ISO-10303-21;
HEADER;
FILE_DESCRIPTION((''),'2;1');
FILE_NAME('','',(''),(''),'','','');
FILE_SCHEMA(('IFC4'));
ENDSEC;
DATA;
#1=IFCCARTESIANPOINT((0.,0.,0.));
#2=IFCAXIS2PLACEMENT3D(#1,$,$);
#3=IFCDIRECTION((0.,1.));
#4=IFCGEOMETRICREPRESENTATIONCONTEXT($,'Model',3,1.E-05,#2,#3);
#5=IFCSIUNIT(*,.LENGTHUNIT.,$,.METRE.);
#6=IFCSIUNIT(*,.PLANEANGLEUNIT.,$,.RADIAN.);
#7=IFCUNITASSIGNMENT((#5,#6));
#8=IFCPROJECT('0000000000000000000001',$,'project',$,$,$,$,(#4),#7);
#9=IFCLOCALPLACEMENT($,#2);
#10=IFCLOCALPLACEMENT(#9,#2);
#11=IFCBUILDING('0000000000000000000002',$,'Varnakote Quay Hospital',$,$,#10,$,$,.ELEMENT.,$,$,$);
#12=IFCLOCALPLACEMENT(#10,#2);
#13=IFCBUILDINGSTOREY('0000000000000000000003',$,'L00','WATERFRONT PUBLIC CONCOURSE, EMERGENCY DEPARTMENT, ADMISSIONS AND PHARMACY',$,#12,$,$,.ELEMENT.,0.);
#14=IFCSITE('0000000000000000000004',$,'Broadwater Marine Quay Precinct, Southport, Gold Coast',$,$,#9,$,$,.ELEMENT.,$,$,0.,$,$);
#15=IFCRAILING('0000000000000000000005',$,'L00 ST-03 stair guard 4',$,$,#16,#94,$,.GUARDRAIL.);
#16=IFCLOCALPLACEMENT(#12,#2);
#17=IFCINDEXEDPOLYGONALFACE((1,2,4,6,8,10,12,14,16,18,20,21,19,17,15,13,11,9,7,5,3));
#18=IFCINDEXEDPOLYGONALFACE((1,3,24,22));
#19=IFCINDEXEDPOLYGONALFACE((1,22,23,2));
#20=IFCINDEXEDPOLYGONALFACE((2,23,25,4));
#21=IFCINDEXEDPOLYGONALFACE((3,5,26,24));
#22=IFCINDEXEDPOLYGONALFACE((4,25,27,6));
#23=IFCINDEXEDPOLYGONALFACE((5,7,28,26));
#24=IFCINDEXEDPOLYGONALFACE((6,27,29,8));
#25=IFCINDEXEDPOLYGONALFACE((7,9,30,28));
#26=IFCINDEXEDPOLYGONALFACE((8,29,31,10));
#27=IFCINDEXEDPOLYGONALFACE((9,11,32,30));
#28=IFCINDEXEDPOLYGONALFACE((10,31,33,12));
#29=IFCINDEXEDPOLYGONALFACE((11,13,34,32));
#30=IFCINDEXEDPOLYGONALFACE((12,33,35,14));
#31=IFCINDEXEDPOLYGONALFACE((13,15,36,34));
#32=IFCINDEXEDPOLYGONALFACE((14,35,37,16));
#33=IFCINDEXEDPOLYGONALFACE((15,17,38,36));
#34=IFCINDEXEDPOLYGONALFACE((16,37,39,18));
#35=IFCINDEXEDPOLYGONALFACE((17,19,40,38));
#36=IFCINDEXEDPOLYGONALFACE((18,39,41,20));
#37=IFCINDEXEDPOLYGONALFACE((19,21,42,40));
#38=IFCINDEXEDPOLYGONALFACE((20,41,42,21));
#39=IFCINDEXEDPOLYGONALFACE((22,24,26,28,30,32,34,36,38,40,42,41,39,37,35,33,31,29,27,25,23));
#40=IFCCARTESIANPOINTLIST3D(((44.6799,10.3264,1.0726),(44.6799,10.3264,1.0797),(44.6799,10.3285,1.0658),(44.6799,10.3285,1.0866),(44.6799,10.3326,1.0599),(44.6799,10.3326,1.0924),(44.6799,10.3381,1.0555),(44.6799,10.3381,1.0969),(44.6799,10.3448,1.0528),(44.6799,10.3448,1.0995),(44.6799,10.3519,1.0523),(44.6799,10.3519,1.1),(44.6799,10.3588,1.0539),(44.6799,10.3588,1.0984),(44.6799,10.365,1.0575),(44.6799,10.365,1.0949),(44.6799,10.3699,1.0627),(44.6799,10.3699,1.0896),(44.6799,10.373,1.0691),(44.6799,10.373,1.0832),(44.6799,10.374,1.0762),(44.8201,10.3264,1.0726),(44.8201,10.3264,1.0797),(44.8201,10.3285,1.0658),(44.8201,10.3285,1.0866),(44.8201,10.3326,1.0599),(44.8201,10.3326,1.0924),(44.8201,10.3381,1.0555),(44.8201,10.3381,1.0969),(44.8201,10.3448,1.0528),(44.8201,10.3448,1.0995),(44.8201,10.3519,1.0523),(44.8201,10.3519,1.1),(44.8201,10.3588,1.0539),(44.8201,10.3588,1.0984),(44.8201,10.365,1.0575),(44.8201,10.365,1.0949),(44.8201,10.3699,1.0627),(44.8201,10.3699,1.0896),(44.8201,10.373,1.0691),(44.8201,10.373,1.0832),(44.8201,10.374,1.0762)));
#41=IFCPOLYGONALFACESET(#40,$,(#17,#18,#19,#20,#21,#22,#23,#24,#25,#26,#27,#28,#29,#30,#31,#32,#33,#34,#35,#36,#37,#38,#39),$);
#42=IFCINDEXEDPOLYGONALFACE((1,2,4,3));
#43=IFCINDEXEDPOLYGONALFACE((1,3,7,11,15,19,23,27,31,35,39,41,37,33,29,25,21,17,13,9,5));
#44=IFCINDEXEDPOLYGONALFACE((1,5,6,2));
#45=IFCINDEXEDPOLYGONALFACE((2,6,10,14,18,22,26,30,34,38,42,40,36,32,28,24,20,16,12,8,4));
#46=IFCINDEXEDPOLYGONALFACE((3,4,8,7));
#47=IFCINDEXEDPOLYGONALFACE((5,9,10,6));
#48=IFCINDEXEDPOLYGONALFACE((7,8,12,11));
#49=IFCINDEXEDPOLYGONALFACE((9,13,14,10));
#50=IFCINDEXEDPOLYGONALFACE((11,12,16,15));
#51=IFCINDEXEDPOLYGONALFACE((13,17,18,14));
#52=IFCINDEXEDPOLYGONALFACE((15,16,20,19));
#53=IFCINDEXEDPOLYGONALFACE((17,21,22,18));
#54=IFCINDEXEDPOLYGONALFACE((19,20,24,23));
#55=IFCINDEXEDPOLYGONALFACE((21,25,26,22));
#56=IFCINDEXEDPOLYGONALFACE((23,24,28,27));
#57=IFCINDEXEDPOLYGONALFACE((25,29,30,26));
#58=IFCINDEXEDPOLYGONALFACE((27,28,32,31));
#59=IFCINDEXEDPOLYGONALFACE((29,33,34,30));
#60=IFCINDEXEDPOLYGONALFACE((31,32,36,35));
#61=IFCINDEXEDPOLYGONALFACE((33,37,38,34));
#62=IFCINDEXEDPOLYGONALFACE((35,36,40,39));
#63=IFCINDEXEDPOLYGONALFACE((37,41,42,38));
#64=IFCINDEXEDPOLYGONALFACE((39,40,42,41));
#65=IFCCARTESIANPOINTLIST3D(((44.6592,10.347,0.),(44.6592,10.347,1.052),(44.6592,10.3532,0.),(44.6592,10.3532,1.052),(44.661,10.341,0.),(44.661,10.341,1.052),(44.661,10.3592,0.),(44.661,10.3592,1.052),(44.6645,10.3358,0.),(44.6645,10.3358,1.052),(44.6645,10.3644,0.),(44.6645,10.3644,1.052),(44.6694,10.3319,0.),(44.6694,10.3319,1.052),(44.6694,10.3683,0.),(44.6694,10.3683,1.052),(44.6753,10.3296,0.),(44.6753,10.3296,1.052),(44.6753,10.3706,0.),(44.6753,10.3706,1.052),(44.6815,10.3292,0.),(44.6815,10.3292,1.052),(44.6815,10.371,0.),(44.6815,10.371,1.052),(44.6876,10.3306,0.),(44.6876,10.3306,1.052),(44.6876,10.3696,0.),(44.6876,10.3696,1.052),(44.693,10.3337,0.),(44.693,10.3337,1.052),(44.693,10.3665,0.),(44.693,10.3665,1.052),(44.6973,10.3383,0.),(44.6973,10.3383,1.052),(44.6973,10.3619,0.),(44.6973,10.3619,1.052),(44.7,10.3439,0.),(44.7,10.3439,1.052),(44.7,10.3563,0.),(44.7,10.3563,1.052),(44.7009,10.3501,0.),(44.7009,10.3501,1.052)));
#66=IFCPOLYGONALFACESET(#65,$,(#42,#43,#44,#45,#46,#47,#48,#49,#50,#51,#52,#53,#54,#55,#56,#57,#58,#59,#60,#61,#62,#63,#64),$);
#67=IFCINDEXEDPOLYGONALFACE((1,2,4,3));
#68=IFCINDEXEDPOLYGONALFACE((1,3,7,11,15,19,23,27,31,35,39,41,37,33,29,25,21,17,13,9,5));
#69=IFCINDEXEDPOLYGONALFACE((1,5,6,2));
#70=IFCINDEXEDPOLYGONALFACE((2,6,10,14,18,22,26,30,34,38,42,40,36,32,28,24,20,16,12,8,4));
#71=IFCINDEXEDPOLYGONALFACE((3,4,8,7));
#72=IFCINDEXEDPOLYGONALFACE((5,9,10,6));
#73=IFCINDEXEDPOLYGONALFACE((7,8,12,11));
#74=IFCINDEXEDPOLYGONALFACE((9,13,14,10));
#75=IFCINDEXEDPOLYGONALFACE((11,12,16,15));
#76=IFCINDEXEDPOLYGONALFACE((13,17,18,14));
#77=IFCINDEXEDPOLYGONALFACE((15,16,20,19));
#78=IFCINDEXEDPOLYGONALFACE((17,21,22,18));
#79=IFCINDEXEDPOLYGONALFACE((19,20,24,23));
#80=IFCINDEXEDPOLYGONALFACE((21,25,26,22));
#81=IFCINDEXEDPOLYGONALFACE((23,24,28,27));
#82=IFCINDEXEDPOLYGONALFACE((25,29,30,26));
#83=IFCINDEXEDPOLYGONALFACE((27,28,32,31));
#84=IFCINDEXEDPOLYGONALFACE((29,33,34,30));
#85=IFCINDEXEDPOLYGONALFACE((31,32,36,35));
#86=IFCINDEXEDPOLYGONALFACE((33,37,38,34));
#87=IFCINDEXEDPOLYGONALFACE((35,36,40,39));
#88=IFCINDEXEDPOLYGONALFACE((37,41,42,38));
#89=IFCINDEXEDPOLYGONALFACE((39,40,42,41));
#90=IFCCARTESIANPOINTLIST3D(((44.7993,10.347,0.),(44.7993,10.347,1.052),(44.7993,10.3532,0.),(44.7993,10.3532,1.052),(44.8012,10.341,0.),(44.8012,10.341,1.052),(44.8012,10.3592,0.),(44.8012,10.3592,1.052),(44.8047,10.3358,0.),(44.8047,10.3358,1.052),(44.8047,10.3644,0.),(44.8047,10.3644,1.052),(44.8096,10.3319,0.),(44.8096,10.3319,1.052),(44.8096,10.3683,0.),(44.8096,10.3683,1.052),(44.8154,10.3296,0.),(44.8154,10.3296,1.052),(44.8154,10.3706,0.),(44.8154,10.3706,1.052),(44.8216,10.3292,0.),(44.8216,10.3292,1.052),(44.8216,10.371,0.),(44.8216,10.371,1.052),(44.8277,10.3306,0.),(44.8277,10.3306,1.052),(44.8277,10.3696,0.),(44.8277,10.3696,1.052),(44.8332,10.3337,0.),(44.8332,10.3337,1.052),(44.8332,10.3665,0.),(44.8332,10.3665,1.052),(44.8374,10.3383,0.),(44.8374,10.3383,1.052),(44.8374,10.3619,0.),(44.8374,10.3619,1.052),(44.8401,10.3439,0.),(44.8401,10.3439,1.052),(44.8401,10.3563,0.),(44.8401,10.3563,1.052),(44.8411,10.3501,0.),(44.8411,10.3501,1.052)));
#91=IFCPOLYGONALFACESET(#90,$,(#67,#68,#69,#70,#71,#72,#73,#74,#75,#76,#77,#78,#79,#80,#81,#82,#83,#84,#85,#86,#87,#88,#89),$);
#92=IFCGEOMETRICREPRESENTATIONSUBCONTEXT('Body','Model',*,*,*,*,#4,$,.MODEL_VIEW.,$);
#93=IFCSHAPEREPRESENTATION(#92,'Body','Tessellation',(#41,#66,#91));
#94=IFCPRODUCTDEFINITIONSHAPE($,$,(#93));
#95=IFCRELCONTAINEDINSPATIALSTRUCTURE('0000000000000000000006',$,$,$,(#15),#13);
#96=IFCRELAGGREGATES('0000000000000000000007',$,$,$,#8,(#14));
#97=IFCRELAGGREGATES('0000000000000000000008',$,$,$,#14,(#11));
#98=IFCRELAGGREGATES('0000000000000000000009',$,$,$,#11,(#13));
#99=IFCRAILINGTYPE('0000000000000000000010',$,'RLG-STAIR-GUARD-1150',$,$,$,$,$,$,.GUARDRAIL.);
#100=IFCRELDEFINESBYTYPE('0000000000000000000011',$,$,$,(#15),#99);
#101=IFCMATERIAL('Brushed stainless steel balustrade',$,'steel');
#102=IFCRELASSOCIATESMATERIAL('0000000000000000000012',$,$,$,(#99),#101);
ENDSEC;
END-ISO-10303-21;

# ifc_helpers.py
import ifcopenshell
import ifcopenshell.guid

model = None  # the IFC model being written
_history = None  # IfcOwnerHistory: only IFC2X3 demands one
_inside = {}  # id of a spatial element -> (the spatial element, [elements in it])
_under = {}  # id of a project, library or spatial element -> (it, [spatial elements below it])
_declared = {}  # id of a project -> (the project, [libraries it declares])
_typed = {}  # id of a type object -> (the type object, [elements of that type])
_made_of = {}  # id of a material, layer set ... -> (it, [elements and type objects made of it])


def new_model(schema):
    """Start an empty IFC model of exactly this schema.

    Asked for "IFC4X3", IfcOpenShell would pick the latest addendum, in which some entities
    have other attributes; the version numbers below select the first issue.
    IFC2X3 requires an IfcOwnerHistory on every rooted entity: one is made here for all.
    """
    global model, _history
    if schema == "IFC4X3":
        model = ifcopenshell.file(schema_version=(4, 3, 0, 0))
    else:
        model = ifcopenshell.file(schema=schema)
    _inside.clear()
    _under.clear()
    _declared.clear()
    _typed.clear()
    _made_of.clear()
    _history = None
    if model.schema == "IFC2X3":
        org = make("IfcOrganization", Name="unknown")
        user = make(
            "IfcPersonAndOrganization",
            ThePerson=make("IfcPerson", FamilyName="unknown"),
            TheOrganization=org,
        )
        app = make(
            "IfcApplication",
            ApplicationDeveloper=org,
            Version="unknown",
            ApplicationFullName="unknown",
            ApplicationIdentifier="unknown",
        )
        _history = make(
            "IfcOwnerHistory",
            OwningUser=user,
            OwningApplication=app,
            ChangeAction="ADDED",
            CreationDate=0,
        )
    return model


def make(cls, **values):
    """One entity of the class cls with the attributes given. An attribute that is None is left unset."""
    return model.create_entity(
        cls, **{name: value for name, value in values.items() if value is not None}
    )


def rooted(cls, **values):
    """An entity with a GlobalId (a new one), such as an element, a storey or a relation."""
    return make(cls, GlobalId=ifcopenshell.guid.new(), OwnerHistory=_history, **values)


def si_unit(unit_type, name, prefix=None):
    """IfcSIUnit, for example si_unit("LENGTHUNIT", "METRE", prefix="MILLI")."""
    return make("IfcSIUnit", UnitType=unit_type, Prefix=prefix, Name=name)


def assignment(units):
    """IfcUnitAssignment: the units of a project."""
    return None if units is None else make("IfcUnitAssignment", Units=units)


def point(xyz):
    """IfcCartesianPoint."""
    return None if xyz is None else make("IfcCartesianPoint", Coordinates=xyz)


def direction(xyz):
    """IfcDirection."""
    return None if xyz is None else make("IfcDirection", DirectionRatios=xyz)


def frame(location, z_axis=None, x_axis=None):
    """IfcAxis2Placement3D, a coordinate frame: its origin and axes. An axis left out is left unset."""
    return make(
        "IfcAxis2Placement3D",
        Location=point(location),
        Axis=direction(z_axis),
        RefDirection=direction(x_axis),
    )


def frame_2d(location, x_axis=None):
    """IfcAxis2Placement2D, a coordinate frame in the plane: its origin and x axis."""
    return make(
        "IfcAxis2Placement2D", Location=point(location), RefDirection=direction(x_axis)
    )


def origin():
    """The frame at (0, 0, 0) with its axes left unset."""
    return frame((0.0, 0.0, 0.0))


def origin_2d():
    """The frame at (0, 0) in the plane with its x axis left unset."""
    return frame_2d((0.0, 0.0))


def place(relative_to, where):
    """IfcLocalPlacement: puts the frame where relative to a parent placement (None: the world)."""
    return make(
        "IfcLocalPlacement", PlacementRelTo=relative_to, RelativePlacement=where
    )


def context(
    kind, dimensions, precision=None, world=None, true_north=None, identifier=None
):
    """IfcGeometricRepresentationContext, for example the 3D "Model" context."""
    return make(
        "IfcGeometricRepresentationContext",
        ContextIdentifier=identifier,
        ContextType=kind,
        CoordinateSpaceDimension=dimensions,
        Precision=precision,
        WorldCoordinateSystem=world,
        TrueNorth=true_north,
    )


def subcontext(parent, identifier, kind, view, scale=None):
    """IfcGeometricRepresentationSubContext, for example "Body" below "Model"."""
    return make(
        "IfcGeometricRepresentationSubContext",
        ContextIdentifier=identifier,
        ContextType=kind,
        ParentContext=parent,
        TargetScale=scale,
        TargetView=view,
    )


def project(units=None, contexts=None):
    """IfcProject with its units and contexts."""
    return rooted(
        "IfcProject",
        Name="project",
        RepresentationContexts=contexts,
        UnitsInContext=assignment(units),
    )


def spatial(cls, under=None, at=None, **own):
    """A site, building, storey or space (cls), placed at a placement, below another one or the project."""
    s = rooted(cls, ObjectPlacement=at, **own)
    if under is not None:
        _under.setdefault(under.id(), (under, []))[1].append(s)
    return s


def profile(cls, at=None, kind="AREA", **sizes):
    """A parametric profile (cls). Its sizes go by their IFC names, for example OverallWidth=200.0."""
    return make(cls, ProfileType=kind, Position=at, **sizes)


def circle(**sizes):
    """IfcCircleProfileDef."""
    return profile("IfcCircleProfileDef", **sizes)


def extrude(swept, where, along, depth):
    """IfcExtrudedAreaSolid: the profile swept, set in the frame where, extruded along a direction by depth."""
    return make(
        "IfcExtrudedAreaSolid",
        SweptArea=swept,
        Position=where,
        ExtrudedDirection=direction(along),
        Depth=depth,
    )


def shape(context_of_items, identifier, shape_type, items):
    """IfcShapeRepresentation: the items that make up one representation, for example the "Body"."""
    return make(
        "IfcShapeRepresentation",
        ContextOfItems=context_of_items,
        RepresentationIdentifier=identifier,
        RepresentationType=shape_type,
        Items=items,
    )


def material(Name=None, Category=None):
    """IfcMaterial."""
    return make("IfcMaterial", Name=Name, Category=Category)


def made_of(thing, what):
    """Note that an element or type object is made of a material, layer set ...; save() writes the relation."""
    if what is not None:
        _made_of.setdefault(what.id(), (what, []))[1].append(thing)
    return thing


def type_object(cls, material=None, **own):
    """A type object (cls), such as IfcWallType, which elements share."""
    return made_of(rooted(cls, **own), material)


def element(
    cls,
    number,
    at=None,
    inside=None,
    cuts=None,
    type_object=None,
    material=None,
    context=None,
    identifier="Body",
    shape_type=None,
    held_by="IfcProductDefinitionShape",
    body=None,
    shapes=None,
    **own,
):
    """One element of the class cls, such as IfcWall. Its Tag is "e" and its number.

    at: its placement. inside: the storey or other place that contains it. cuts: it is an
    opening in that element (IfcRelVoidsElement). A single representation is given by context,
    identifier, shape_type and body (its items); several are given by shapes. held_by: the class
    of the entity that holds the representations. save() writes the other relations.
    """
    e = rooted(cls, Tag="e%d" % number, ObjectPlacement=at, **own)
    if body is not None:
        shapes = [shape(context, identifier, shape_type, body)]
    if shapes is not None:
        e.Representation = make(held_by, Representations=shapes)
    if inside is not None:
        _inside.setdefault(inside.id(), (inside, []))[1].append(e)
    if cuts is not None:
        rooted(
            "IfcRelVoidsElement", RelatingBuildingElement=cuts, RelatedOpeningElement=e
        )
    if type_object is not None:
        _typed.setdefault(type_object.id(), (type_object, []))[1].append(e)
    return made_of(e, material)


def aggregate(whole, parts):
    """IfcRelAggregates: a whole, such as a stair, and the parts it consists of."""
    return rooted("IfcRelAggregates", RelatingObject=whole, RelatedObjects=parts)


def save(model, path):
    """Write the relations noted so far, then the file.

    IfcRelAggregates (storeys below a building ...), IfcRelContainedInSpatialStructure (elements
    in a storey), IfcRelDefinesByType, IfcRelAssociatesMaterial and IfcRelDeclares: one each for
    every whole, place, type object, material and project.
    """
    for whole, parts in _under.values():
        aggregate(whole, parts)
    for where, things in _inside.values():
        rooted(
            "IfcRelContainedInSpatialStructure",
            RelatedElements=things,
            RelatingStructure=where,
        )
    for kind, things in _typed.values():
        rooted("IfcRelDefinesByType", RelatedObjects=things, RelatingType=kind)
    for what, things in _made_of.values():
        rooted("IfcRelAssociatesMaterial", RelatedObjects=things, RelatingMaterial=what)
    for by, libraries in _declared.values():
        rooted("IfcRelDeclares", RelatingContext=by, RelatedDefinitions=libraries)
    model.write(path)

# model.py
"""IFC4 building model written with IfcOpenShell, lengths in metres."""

from ifc_helpers import new_model, si_unit, direction, frame, origin, origin_2d, place, context, subcontext, project, spatial, circle, extrude, material, type_object, element, save


model = new_model("IFC4")

# Units and contexts
model_context = context("Model", 3, precision=1e-05, world=origin(), true_north=direction((0.0, 1.0)))
body_context = subcontext(model_context, "Body", "Model", "MODEL_VIEW")
ifc_project = project(units=[si_unit("LENGTHUNIT", "METRE"), si_unit("PLANEANGLEUNIT", "RADIAN")], contexts=[model_context])

# Site, building, storey
site_placement = place(None, origin())
site = spatial("IfcSite", under=ifc_project, at=site_placement, Name="Broadwater Marine Quay Precinct, Southport, Gold Coast", CompositionType="ELEMENT", RefElevation=0.0)
building_placement = place(site_placement, origin())
building = spatial("IfcBuilding", under=site, at=building_placement, Name="Varnakote Quay Hospital", CompositionType="ELEMENT")
storey_placement = place(building_placement, origin())
storey = spatial("IfcBuildingStorey", under=building, at=storey_placement, Name="L00", Description="WATERFRONT PUBLIC CONCOURSE, EMERGENCY DEPARTMENT, ADMISSIONS AND PHARMACY", CompositionType="ELEMENT", Elevation=0.0)

# Railing
ifc_material_1 = material(Name="Brushed stainless steel balustrade", Category="steel")
railing_type_1 = type_object("IfcRailingType", Name="RLG-STAIR-GUARD-1150", PredefinedType="GUARDRAIL", material=ifc_material_1)
railing_1_placement = place(storey_placement, frame((44.6799, 10.3501, 0.0)))
element("IfcRailing", 1, at=railing_1_placement, inside=storey, type_object=railing_type_1, Name="L00 ST-03 stair guard 4", PredefinedType="GUARDRAIL", context=body_context, shape_type="SweptSolid", body=[
    extrude(circle(Radius=0.0239, at=origin_2d()), frame((0.0, 0.0, 1.0762), z_axis=(1.0, 0.0, 0.0), x_axis=(0.0, 1.0, 0.0)), (0.0, 0.0, 1.0), 0.1401),
    extrude(circle(Radius=0.021, at=origin_2d()), origin(), (0.0, 0.0, 1.0), 1.052),
    extrude(circle(Radius=0.021, at=origin_2d()), frame((0.1401, 0.0, 0.0)), (0.0, 0.0, 1.0), 1.052),
])

save(model, "model.ifc")
